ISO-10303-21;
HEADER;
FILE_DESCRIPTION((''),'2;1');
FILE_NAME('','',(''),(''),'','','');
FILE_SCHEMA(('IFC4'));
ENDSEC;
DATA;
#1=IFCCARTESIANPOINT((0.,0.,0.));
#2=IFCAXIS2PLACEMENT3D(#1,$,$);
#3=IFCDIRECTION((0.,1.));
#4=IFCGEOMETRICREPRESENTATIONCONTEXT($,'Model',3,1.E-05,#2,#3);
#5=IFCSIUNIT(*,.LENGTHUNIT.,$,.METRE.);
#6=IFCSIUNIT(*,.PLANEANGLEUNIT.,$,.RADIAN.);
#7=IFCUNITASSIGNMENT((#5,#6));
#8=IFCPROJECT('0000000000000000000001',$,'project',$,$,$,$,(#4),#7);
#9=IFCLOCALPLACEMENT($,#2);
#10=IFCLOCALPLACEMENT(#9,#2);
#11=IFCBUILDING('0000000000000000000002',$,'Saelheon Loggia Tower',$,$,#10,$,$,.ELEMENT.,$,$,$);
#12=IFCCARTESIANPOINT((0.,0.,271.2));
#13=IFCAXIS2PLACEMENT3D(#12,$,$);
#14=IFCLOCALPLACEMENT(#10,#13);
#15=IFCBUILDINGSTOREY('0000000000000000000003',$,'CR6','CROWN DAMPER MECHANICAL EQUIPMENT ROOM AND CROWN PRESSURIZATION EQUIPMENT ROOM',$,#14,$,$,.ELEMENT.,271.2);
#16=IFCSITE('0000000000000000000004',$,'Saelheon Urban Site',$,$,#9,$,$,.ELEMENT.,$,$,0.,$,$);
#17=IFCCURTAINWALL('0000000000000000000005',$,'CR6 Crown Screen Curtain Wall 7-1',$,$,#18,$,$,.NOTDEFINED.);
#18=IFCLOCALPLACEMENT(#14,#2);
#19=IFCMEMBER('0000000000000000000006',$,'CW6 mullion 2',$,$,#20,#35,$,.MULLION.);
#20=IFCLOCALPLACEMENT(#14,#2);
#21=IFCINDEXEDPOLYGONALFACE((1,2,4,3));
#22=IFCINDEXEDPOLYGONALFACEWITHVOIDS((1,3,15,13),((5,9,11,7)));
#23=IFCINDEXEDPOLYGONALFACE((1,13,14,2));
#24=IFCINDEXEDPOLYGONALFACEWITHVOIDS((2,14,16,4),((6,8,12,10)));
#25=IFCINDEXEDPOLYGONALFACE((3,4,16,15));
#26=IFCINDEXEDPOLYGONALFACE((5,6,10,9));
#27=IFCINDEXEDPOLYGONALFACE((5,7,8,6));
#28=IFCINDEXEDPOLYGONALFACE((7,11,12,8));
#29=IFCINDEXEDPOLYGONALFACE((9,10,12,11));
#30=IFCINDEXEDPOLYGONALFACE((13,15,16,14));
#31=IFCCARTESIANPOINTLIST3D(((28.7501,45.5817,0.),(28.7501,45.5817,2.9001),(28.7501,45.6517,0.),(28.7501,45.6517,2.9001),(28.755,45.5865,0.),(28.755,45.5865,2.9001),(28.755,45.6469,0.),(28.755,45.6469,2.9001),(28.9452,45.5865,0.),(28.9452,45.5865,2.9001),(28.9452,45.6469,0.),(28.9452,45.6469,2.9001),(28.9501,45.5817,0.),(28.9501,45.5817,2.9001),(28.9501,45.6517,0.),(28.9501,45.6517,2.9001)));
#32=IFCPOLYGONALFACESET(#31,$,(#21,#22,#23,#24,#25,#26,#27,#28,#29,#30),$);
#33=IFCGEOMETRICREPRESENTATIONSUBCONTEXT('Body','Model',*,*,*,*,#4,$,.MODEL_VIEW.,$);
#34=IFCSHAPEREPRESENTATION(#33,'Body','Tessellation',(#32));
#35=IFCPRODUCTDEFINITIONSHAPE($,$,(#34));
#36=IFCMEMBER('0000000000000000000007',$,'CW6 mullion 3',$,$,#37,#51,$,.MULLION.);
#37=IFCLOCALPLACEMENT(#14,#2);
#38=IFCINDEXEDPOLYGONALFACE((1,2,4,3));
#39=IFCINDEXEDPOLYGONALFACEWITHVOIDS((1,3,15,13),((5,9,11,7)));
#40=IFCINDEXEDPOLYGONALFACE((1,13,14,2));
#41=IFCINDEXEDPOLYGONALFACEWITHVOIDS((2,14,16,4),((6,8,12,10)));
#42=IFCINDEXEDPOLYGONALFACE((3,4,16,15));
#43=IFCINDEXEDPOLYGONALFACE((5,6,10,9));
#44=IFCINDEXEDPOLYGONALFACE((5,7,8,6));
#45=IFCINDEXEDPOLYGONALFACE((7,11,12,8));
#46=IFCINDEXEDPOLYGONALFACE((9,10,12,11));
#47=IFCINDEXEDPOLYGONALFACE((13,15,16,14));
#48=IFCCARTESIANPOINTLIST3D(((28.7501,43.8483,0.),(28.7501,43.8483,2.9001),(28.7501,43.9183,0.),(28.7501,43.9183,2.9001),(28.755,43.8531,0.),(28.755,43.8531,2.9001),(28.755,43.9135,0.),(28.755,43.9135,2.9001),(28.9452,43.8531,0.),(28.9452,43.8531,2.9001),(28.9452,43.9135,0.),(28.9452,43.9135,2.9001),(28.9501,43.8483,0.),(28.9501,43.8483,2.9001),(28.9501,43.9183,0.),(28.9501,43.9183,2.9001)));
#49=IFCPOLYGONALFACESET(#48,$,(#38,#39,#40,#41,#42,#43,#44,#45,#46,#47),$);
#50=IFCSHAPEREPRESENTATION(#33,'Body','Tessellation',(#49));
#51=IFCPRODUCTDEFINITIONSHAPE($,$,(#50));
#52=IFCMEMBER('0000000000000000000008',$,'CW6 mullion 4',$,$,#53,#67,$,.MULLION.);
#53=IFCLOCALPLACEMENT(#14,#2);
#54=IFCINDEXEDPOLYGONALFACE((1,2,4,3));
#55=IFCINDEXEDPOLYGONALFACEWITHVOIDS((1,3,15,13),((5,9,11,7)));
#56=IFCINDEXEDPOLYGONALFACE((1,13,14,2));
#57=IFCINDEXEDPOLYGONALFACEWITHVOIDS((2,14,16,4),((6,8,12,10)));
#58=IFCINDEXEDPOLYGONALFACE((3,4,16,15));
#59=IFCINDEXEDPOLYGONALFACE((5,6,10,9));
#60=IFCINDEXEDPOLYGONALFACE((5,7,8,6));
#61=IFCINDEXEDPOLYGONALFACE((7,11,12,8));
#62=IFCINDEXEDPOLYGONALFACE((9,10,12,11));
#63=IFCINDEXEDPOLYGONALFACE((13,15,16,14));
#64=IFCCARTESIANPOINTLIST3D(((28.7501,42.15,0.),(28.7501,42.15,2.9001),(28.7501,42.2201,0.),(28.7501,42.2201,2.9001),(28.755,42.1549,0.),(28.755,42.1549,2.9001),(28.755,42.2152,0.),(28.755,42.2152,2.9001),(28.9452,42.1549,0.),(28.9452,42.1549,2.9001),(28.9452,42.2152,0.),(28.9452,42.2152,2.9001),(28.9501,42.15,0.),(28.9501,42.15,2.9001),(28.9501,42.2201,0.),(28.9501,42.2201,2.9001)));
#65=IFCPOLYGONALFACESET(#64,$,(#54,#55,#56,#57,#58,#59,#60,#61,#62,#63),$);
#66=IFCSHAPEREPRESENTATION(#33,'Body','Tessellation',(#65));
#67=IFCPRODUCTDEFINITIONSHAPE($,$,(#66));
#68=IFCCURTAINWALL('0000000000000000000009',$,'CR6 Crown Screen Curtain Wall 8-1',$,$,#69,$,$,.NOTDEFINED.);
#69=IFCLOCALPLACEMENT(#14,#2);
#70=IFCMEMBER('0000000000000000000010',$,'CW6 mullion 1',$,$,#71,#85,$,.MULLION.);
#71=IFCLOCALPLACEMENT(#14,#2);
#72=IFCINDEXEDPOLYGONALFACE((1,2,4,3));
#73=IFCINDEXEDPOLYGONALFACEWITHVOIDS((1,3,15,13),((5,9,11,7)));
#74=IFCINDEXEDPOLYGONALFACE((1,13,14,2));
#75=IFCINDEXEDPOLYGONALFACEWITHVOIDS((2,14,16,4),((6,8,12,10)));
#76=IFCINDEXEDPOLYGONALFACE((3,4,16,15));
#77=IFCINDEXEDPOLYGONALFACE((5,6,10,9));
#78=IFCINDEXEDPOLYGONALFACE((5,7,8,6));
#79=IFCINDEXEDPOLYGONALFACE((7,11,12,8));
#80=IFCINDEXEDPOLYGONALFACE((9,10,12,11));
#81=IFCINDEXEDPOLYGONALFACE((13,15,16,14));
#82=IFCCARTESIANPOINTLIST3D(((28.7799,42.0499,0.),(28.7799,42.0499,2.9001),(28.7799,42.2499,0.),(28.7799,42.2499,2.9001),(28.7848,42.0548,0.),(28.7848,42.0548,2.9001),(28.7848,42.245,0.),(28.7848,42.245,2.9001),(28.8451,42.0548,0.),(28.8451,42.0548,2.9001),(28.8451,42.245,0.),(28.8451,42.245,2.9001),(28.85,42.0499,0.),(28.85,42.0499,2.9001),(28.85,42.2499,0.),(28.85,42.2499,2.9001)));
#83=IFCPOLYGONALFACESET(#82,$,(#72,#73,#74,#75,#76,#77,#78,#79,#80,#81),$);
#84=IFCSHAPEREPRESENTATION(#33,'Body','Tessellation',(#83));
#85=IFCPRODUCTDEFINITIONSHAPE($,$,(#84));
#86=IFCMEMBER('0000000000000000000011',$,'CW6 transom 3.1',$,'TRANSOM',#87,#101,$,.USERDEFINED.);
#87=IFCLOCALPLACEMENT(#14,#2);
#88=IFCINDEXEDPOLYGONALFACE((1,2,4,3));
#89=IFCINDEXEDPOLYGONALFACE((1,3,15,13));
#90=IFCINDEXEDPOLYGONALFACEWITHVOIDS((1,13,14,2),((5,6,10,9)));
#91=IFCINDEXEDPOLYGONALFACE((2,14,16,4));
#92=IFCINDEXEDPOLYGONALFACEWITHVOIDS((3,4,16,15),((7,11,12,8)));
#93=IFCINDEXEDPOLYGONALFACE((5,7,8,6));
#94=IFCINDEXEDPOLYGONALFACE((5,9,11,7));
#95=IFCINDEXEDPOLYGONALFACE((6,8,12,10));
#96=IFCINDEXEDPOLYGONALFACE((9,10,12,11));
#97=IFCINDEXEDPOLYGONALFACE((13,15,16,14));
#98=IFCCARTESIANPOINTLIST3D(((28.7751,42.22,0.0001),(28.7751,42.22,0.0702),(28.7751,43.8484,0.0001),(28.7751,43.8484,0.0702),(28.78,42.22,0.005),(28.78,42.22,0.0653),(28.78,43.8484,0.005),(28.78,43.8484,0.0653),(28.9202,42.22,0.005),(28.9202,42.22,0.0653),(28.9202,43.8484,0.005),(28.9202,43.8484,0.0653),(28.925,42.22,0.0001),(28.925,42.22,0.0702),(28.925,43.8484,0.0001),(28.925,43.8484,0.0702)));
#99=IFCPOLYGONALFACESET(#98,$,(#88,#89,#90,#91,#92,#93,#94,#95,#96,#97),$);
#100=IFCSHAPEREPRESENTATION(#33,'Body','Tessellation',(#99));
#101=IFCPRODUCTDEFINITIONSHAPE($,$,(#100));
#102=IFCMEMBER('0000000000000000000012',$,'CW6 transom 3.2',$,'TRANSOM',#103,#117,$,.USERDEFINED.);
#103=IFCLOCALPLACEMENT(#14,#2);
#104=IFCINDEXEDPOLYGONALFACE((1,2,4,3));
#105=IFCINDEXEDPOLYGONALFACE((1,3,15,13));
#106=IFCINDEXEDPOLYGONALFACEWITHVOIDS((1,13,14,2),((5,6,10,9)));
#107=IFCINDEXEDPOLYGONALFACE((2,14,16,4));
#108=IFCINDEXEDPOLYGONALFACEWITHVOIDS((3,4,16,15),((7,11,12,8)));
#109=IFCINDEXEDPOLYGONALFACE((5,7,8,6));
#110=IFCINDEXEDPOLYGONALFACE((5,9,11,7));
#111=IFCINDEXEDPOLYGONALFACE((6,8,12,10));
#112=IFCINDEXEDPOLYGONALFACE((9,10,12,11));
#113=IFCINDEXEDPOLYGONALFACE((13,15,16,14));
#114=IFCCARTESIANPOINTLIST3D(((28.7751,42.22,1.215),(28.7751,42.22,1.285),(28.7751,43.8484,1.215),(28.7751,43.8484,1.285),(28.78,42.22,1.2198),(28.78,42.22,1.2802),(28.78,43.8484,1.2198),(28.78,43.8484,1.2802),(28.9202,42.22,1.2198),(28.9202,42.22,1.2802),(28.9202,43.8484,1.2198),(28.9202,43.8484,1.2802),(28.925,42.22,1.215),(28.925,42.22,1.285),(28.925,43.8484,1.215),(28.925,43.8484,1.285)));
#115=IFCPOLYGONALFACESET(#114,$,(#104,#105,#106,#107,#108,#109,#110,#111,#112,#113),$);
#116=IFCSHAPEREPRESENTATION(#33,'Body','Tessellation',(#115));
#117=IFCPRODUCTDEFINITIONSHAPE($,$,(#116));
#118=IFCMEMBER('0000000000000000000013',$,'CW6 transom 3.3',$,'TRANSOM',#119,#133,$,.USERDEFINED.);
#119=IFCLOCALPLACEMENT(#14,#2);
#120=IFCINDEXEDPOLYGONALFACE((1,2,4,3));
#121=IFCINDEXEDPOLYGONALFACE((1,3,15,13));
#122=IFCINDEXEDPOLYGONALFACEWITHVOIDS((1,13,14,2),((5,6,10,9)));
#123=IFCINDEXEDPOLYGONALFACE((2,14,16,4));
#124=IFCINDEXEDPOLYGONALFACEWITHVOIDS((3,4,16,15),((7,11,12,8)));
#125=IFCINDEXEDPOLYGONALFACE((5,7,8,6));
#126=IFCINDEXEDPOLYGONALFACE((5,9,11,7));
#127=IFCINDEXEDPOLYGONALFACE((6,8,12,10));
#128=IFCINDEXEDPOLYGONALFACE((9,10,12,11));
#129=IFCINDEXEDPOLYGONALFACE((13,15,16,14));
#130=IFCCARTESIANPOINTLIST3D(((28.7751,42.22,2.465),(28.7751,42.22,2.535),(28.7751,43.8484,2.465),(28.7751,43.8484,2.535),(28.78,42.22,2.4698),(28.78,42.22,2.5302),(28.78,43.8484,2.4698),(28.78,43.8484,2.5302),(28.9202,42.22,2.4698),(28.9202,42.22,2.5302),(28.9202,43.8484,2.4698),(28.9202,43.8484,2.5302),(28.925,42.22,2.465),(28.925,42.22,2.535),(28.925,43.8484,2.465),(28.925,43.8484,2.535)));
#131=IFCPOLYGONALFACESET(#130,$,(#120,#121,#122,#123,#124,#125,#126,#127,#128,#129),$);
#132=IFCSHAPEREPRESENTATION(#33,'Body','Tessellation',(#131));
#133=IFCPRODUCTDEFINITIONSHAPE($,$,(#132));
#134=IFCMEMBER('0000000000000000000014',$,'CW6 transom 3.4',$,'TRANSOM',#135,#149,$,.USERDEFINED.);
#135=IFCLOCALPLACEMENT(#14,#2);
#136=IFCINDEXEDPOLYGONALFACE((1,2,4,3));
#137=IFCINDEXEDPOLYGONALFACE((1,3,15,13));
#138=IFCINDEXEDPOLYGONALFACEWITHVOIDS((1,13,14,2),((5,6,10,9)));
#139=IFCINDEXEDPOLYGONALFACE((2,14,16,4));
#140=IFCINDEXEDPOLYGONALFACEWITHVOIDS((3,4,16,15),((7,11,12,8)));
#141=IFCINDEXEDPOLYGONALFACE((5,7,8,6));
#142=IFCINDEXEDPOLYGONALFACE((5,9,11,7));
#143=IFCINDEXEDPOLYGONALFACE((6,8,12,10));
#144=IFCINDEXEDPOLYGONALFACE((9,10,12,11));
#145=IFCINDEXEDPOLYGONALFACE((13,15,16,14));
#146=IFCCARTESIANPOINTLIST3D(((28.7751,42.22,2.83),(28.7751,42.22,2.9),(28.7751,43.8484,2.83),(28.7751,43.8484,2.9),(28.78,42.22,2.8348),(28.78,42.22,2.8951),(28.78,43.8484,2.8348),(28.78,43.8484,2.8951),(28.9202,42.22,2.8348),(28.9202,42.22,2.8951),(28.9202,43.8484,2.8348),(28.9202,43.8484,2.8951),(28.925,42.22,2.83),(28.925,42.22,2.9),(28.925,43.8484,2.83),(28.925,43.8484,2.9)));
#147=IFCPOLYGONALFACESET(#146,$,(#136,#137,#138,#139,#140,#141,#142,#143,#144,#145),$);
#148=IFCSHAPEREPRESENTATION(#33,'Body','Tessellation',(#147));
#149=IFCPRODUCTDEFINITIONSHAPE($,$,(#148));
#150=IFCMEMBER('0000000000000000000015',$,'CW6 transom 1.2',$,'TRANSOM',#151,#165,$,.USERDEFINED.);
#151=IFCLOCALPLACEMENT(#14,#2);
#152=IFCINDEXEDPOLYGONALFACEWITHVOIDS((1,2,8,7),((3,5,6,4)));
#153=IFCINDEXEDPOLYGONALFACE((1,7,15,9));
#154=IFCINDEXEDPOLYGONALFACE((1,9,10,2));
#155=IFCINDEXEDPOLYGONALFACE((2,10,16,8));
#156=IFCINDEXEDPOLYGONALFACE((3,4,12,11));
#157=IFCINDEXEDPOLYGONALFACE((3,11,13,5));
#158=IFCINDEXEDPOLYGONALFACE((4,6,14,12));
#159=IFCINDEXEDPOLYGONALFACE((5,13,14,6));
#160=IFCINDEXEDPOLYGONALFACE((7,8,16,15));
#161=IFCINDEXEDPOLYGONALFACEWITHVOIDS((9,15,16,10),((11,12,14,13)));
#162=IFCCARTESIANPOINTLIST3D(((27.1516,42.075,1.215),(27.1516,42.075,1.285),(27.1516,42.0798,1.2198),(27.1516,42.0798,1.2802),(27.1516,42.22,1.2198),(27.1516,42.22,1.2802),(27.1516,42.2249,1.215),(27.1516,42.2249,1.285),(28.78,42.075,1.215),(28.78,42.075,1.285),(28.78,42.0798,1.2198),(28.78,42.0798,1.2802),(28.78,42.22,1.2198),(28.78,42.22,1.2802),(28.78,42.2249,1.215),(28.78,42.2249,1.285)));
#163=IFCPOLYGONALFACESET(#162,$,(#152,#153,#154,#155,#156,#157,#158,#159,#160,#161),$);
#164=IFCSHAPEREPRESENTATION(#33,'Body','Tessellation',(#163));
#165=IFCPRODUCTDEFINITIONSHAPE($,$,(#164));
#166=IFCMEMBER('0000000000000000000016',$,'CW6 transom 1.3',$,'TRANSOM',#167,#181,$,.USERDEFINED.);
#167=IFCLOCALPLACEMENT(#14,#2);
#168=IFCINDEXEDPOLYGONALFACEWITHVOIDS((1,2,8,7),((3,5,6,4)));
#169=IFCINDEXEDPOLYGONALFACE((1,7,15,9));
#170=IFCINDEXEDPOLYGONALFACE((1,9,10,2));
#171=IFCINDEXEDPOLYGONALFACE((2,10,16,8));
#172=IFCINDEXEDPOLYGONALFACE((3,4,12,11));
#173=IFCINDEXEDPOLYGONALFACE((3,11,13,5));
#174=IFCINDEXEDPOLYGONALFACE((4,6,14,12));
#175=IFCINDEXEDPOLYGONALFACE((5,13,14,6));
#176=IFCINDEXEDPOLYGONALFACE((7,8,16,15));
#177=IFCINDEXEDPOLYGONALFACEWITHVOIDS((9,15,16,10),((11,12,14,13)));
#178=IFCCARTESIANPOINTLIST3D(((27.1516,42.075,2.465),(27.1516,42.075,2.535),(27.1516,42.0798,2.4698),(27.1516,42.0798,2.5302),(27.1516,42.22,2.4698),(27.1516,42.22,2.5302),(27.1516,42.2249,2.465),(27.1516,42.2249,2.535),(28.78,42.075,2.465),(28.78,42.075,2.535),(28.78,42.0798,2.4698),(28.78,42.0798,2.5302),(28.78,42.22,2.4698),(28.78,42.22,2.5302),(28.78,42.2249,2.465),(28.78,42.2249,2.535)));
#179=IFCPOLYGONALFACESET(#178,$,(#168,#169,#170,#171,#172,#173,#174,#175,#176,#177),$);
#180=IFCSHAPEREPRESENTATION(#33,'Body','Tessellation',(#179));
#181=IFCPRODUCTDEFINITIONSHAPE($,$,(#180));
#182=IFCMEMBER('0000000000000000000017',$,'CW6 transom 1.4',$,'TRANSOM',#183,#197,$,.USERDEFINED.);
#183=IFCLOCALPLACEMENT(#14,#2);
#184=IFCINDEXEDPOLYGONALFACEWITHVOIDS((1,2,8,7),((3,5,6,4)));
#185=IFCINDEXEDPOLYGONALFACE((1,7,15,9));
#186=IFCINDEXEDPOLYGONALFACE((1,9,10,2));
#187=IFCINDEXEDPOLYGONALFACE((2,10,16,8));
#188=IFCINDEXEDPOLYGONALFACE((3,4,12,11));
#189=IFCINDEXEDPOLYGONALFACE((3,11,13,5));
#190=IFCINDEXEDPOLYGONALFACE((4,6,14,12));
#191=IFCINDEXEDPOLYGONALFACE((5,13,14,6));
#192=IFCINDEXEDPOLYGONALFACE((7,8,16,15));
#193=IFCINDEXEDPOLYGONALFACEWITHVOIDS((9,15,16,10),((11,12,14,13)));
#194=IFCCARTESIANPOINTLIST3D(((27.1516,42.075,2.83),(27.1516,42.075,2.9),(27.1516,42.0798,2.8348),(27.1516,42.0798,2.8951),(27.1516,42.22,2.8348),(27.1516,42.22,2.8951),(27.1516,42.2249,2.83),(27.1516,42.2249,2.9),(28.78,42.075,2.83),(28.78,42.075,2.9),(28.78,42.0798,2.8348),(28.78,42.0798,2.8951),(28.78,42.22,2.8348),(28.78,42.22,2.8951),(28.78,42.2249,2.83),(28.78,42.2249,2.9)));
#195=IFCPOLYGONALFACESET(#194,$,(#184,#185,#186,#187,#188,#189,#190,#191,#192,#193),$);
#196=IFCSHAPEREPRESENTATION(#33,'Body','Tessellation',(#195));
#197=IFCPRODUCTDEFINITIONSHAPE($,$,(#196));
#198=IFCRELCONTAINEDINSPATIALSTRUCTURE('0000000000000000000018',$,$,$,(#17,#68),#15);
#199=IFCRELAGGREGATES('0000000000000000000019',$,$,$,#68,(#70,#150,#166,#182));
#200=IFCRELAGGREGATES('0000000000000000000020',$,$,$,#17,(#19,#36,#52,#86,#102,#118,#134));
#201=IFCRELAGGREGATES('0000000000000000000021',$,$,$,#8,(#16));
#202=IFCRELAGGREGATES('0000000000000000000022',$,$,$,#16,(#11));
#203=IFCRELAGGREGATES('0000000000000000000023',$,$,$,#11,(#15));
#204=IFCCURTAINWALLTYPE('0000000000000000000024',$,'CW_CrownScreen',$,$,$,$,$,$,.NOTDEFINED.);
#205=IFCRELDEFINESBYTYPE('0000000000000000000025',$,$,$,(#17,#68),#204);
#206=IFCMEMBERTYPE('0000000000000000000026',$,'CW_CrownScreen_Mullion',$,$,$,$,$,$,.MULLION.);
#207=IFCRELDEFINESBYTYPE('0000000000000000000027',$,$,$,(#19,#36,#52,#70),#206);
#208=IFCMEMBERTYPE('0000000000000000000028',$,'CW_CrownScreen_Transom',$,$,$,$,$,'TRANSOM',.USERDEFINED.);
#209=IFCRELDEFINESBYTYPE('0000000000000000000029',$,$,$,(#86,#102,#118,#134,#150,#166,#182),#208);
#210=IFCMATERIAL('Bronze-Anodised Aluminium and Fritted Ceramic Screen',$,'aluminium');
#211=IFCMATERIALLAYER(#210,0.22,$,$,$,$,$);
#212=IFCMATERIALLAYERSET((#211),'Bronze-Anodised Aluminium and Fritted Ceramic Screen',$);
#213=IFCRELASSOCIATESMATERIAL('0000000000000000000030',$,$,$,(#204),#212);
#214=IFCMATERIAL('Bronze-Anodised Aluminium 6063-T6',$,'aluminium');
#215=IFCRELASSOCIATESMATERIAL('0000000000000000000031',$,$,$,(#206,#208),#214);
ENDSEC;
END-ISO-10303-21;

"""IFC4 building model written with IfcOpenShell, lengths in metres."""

from ifc_helpers import new_model, si_unit, direction, frame, origin, origin_2d, place, context, subcontext, project, spatial, hollow_rectangle, extrude, source, transform, mapped, material, layer, layer_set, material_profile, profile_set, type_object, element, aggregate, save


model = new_model("IFC4")

# Units and contexts
model_context = context("Model", 3, precision=1e-05, world=origin(), true_north=direction((0.0, 1.0)))
body_context = subcontext(model_context, "Body", "Model", "MODEL_VIEW")
ifc_project = project(units=[si_unit("LENGTHUNIT", "METRE"), si_unit("PLANEANGLEUNIT", "RADIAN")], contexts=[model_context])

# Site, building, storey
site_placement = place(None, origin())
site = spatial("IfcSite", under=ifc_project, at=site_placement, Name="Saelheon Urban Site", CompositionType="ELEMENT", RefElevation=0.0)
building_placement = place(site_placement, origin())
building = spatial("IfcBuilding", under=site, at=building_placement, Name="Saelheon Loggia Tower", CompositionType="ELEMENT")
storey_placement = place(building_placement, frame((0.0, 0.0, 271.2)))
storey = spatial("IfcBuildingStorey", under=building, at=storey_placement, Name="CR6", Description="CROWN DAMPER MECHANICAL EQUIPMENT ROOM AND CROWN PRESSURIZATION EQUIPMENT ROOM", CompositionType="ELEMENT", Elevation=271.2)

# Curtain wall, members
ifc_material_1 = material(Name="Bronze-Anodised Aluminium and Fritted Ceramic Screen", Category="aluminium")
ifc_layer_1 = layer(ifc_material_1, 0.22)
ifc_layer_set_1 = layer_set([ifc_layer_1], Name="Bronze-Anodised Aluminium and Fritted Ceramic Screen")
curtain_wall_type = type_object("IfcCurtainWallType", Name="CW_CrownScreen", PredefinedType="NOTDEFINED", material=ifc_layer_set_1)
curtain_wall_1_placement = place(storey_placement, origin())
curtain_wall_1 = element("IfcCurtainWall", 1, at=curtain_wall_1_placement, inside=storey, type_object=curtain_wall_type, Name="CR6 Crown Screen Curtain Wall 7-1", PredefinedType="NOTDEFINED")
ifc_material_2 = material(Name="Bronze-Anodised Aluminium 6063-T6", Category="aluminium")
ifc_material_profile_1 = material_profile(ifc_material_2, hollow_rectangle(XDim=0.0701, YDim=0.2, WallThickness=0.0049, at=origin_2d()), Name="RHS-200x70x5")
ifc_profile_set_1 = profile_set([ifc_material_profile_1], Name="Bronze-Anodised Aluminium 6063-T6")
member_type_1 = type_object("IfcMemberType", Name="CW_CrownScreen_Mullion", PredefinedType="MULLION", material=ifc_profile_set_1)
shared_shape_1 = source(origin(), body_context, "Body", "SweptSolid", [
    extrude(hollow_rectangle(XDim=0.0701, YDim=0.2, WallThickness=0.0049, at=origin_2d()), origin(), (0.0, 0.0, 1.0), 2.9001),
])
member_1_placement = place(storey_placement, frame((28.8501, 45.6167, 0.0), z_axis=(0.0, 0.0, 1.0), x_axis=(0.0, -1.0, 0.0)))
member_1 = element("IfcMember", 2, at=member_1_placement, type_object=member_type_1, Name="CW6 mullion 2", PredefinedType="MULLION", context=body_context, shape_type="MappedRepresentation", body=[
    mapped(shared_shape_1, transform((0.0, 0.0, 0.0), scale=1.0)),
])
member_2_placement = place(storey_placement, frame((28.8501, 43.8833, 0.0), z_axis=(0.0, 0.0, 1.0), x_axis=(0.0, -1.0, 0.0)))
member_2 = element("IfcMember", 3, at=member_2_placement, type_object=member_type_1, Name="CW6 mullion 3", PredefinedType="MULLION", context=body_context, shape_type="MappedRepresentation", body=[
    mapped(shared_shape_1, transform((0.0, 0.0, 0.0), scale=1.0)),
])
member_3_placement = place(storey_placement, frame((28.8501, 42.1851, 0.0), z_axis=(0.0, 0.0, 1.0), x_axis=(0.0, -1.0, 0.0)))
member_3 = element("IfcMember", 4, at=member_3_placement, type_object=member_type_1, Name="CW6 mullion 4", PredefinedType="MULLION", context=body_context, shape_type="MappedRepresentation", body=[
    mapped(shared_shape_1, transform((0.0, 0.0, 0.0), scale=1.0)),
])

# Curtain wall, member
curtain_wall_2_placement = place(storey_placement, origin())
curtain_wall_2 = element("IfcCurtainWall", 5, at=curtain_wall_2_placement, inside=storey, type_object=curtain_wall_type, Name="CR6 Crown Screen Curtain Wall 8-1", PredefinedType="NOTDEFINED")
member_4_placement = place(storey_placement, frame((28.8149, 42.1499, 0.0), z_axis=(0.0, 0.0, 1.0), x_axis=(-1.0, 0.0, 0.0)))
member_4 = element("IfcMember", 6, at=member_4_placement, type_object=member_type_1, Name="CW6 mullion 1", PredefinedType="MULLION", context=body_context, shape_type="MappedRepresentation", body=[
    mapped(shared_shape_1, transform((0.0, 0.0, 0.0), scale=1.0)),
])

# Members
ifc_material_profile_2 = material_profile(ifc_material_2, hollow_rectangle(XDim=0.0701, YDim=0.1499, WallThickness=0.0049, at=origin_2d()), Name="RHS-150x70x5")
ifc_profile_set_2 = profile_set([ifc_material_profile_2], Name="Bronze-Anodised Aluminium 6063-T6")
member_type_2 = type_object("IfcMemberType", Name="CW_CrownScreen_Transom", ElementType="TRANSOM", PredefinedType="USERDEFINED", material=ifc_profile_set_2)
shared_shape_2 = source(origin(), body_context, "Body", "SweptSolid", [
    extrude(hollow_rectangle(XDim=0.0701, YDim=0.1499, WallThickness=0.0049, at=origin_2d()), origin(), (0.0, 0.0, 1.0), 1.6284),
])
member_5_placement = place(storey_placement, frame((28.8501, 43.8484, 0.0352), z_axis=(0.0, -1.0, 0.0), x_axis=(0.0, 0.0, 1.0)))
member_5 = element("IfcMember", 7, at=member_5_placement, type_object=member_type_2, Name="CW6 transom 3.1", ObjectType="TRANSOM", PredefinedType="USERDEFINED", context=body_context, shape_type="MappedRepresentation", body=[
    mapped(shared_shape_2, transform((0.0, 0.0, 0.0), scale=1.0)),
])
member_6_placement = place(storey_placement, frame((28.8501, 43.8484, 1.25), z_axis=(0.0, -1.0, 0.0), x_axis=(0.0, 0.0, 1.0)))
member_6 = element("IfcMember", 8, at=member_6_placement, type_object=member_type_2, Name="CW6 transom 3.2", ObjectType="TRANSOM", PredefinedType="USERDEFINED", context=body_context, shape_type="MappedRepresentation", body=[
    mapped(shared_shape_2, transform((0.0, 0.0, 0.0), scale=1.0)),
])
member_7_placement = place(storey_placement, frame((28.8501, 43.8484, 2.5), z_axis=(0.0, -1.0, 0.0), x_axis=(0.0, 0.0, 1.0)))
member_7 = element("IfcMember", 9, at=member_7_placement, type_object=member_type_2, Name="CW6 transom 3.3", ObjectType="TRANSOM", PredefinedType="USERDEFINED", context=body_context, shape_type="MappedRepresentation", body=[
    mapped(shared_shape_2, transform((0.0, 0.0, 0.0), scale=1.0)),
])
member_8_placement = place(storey_placement, frame((28.8501, 43.8484, 2.865), z_axis=(0.0, -1.0, 0.0), x_axis=(0.0, 0.0, 1.0)))
member_8 = element("IfcMember", 10, at=member_8_placement, type_object=member_type_2, Name="CW6 transom 3.4", ObjectType="TRANSOM", PredefinedType="USERDEFINED", context=body_context, shape_type="MappedRepresentation", body=[
    mapped(shared_shape_2, transform((0.0, 0.0, 0.0), scale=1.0)),
])
member_9_placement = place(storey_placement, frame((28.78, 42.1499, 1.25), z_axis=(-1.0, 0.0, 0.0), x_axis=(0.0, 0.0, 1.0)))
member_9 = element("IfcMember", 11, at=member_9_placement, type_object=member_type_2, Name="CW6 transom 1.2", ObjectType="TRANSOM", PredefinedType="USERDEFINED", context=body_context, shape_type="MappedRepresentation", body=[
    mapped(shared_shape_2, transform((0.0, 0.0, 0.0), scale=1.0)),
])
member_10_placement = place(storey_placement, frame((28.78, 42.1499, 2.5), z_axis=(-1.0, 0.0, 0.0), x_axis=(0.0, 0.0, 1.0)))
member_10 = element("IfcMember", 12, at=member_10_placement, type_object=member_type_2, Name="CW6 transom 1.3", ObjectType="TRANSOM", PredefinedType="USERDEFINED", context=body_context, shape_type="MappedRepresentation", body=[
    mapped(shared_shape_2, transform((0.0, 0.0, 0.0), scale=1.0)),
])
member_11_placement = place(storey_placement, frame((28.78, 42.1499, 2.865), z_axis=(-1.0, 0.0, 0.0), x_axis=(0.0, 0.0, 1.0)))
member_11 = element("IfcMember", 13, at=member_11_placement, type_object=member_type_2, Name="CW6 transom 1.4", ObjectType="TRANSOM", PredefinedType="USERDEFINED", context=body_context, shape_type="MappedRepresentation", body=[
    mapped(shared_shape_2, transform((0.0, 0.0, 0.0), scale=1.0)),
])
aggregate(curtain_wall_2, [member_4, member_9, member_10, member_11])

aggregate(curtain_wall_1, [member_1, member_2, member_3, member_5, member_6, member_7, member_8])

save(model, "model.ifc")
